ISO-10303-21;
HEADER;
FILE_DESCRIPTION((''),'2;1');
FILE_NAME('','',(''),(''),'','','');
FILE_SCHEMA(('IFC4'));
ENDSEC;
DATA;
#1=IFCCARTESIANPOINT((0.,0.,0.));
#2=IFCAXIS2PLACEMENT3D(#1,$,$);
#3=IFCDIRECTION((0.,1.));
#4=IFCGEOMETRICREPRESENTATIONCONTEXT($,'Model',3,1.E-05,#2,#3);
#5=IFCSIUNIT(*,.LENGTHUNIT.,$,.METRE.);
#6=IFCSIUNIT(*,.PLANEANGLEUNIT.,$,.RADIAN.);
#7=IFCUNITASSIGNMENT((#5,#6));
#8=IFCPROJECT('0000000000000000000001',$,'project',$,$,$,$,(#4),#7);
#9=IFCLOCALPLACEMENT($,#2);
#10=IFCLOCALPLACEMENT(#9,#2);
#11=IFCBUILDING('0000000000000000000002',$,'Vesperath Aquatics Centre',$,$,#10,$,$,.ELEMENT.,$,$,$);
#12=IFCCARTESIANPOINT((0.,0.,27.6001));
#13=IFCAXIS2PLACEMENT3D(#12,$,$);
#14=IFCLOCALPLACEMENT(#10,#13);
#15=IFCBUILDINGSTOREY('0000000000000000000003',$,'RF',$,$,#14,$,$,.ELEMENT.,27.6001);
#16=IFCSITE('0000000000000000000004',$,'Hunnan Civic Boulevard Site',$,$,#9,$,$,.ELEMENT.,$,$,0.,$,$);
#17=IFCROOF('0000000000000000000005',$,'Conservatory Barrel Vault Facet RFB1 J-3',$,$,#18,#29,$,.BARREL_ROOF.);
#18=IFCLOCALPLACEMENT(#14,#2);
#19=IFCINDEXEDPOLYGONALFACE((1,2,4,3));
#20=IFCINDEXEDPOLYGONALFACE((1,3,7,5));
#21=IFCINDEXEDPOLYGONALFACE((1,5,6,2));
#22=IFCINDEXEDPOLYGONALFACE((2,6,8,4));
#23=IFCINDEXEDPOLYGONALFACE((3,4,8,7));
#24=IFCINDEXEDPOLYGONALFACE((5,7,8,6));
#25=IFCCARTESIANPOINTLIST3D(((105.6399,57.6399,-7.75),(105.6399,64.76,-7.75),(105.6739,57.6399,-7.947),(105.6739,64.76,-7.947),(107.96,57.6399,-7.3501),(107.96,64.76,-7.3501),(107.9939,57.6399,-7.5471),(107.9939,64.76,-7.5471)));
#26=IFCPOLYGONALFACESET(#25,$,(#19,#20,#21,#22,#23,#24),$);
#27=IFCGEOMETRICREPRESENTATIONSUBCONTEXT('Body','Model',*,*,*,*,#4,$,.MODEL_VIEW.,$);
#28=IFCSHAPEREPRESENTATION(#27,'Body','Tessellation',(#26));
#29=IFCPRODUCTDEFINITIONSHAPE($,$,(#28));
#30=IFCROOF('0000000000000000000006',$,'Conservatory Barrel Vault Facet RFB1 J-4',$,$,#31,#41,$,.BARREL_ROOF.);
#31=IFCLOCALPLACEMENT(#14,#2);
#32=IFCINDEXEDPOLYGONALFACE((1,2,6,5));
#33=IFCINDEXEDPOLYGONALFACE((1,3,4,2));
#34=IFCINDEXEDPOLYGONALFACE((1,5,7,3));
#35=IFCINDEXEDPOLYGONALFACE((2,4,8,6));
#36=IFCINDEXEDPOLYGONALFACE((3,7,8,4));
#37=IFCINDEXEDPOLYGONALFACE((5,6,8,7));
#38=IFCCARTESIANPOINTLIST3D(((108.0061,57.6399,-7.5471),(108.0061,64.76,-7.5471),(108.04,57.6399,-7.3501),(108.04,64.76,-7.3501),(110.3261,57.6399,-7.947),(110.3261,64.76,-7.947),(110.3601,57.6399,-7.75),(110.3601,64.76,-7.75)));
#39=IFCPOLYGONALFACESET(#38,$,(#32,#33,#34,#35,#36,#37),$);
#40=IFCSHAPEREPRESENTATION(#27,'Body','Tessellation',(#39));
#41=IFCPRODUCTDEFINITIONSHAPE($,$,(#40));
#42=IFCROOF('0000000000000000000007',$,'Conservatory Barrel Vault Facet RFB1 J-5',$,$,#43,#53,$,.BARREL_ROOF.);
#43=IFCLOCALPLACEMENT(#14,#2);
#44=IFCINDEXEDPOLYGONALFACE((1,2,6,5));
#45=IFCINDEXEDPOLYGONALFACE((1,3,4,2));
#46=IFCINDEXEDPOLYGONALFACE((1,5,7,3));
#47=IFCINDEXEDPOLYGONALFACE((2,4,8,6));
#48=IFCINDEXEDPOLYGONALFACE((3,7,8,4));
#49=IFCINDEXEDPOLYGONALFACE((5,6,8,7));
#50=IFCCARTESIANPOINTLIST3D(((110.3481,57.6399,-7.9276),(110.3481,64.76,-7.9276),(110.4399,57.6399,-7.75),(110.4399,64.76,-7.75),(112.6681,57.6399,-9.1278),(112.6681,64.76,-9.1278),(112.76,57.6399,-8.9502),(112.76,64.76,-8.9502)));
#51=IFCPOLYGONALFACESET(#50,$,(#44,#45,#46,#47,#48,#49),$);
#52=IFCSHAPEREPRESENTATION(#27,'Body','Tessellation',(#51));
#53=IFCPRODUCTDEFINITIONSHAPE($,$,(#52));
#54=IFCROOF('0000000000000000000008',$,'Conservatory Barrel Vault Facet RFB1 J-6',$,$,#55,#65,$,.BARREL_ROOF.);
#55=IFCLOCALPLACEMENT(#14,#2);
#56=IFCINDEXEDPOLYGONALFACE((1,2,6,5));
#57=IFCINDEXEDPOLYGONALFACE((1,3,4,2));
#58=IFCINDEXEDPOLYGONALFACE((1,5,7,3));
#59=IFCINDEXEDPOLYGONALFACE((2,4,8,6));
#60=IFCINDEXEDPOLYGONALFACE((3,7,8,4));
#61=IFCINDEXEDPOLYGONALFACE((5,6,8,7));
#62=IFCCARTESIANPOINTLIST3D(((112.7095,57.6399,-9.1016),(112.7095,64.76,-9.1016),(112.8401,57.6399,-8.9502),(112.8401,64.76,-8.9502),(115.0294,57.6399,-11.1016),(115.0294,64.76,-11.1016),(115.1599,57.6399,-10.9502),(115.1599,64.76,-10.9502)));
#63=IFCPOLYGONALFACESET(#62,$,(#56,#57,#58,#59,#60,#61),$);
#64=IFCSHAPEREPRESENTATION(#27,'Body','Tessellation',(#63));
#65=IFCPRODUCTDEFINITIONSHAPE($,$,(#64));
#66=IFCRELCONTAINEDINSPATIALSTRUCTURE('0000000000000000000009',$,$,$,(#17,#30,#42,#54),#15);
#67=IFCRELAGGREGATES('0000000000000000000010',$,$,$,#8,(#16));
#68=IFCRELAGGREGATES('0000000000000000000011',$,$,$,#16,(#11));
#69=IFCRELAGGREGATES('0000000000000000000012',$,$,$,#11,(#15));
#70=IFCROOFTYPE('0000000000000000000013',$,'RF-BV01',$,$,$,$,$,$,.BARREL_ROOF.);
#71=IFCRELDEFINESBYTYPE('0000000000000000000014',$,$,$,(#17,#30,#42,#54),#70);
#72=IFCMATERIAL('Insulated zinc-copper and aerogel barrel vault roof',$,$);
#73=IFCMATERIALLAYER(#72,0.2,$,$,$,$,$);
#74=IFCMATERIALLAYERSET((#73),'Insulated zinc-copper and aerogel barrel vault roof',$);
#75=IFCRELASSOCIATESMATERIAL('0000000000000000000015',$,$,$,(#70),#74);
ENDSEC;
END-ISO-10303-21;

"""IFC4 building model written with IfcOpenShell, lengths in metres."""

from ifc_helpers import new_model, si_unit, direction, frame, origin, place, context, subcontext, project, spatial, polyline, outline, extrude, material, layer, layer_set, type_object, element, save


model = new_model("IFC4")

# Units and contexts
model_context = context("Model", 3, precision=1e-05, world=origin(), true_north=direction((0.0, 1.0)))
body_context = subcontext(model_context, "Body", "Model", "MODEL_VIEW")
ifc_project = project(units=[si_unit("LENGTHUNIT", "METRE"), si_unit("PLANEANGLEUNIT", "RADIAN")], contexts=[model_context])

# Site, building, storey
site_placement = place(None, origin())
site = spatial("IfcSite", under=ifc_project, at=site_placement, Name="Hunnan Civic Boulevard Site", CompositionType="ELEMENT", RefElevation=0.0)
building_placement = place(site_placement, origin())
building = spatial("IfcBuilding", under=site, at=building_placement, Name="Vesperath Aquatics Centre", CompositionType="ELEMENT")
storey_placement = place(building_placement, frame((0.0, 0.0, 27.6001)))
storey = spatial("IfcBuildingStorey", under=building, at=storey_placement, Name="RF", CompositionType="ELEMENT", Elevation=27.6001)

# Roofs
ifc_material_1 = material(Name="Insulated zinc-copper and aerogel barrel vault roof")
ifc_layer = layer(ifc_material_1, 0.2)
ifc_layer_set = layer_set([ifc_layer], Name="Insulated zinc-copper and aerogel barrel vault roof")
roof_type = type_object("IfcRoofType", Name="RF-BV01", PredefinedType="BARREL_ROOF", material=ifc_layer_set)
for number, where, z_axis, x_axis, name in (
    (1, (105.6399, 57.6399, -7.75), (-0.169862, 0.0, 0.985468), (0.985468, 0.0, 0.169862), "Conservatory Barrel Vault Facet RFB1 J-3"),
    (2, (108.04, 57.6399, -7.3501), (0.169862, 0.0, 0.985468), (0.985468, 0.0, -0.169862), "Conservatory Barrel Vault Facet RFB1 J-4"),
):
    element("IfcRoof", number, at=place(storey_placement, frame(where, z_axis=z_axis, x_axis=x_axis)), inside=storey, type_object=roof_type, Name=name, PredefinedType="BARREL_ROOF", context=body_context, shape_type="SweptSolid", body=[
        extrude(outline(polyline([(0.0, 0.0), (2.3543, 0.0), (2.3543, 7.1201), (0.0, 7.1201), (0.0, 0.0)])), origin(), (0.0, 0.0, -1.0), 0.2),
    ])
roof_1_placement = place(storey_placement, frame((110.4399, 57.6399, -7.75), z_axis=(0.459471, 0.0, 0.888193), x_axis=(0.888193, 0.0, -0.459471)))
element("IfcRoof", 3, at=roof_1_placement, inside=storey, type_object=roof_type, Name="Conservatory Barrel Vault Facet RFB1 J-5", PredefinedType="BARREL_ROOF", context=body_context, shape_type="SweptSolid", body=[
    extrude(outline(polyline([(0.0, 0.0), (2.6121, 0.0), (2.6121, 7.1201), (0.0, 7.1201), (0.0, 0.0)])), origin(), (0.0, 0.0, -1.0), 0.2),
])
roof_2_placement = place(storey_placement, frame((112.8401, 57.6399, -8.9502), z_axis=(0.652968, 0.0, 0.757385), x_axis=(0.757385, 0.0, -0.652968)))
element("IfcRoof", 4, at=roof_2_placement, inside=storey, type_object=roof_type, Name="Conservatory Barrel Vault Facet RFB1 J-6", PredefinedType="BARREL_ROOF", context=body_context, shape_type="SweptSolid", body=[
    extrude(outline(polyline([(0.0, 0.0), (3.0629, 0.0), (3.0629, 7.1201), (0.0, 7.1201), (0.0, 0.0)])), origin(), (0.0, 0.0, -1.0), 0.2),
])

save(model, "model.ifc")
